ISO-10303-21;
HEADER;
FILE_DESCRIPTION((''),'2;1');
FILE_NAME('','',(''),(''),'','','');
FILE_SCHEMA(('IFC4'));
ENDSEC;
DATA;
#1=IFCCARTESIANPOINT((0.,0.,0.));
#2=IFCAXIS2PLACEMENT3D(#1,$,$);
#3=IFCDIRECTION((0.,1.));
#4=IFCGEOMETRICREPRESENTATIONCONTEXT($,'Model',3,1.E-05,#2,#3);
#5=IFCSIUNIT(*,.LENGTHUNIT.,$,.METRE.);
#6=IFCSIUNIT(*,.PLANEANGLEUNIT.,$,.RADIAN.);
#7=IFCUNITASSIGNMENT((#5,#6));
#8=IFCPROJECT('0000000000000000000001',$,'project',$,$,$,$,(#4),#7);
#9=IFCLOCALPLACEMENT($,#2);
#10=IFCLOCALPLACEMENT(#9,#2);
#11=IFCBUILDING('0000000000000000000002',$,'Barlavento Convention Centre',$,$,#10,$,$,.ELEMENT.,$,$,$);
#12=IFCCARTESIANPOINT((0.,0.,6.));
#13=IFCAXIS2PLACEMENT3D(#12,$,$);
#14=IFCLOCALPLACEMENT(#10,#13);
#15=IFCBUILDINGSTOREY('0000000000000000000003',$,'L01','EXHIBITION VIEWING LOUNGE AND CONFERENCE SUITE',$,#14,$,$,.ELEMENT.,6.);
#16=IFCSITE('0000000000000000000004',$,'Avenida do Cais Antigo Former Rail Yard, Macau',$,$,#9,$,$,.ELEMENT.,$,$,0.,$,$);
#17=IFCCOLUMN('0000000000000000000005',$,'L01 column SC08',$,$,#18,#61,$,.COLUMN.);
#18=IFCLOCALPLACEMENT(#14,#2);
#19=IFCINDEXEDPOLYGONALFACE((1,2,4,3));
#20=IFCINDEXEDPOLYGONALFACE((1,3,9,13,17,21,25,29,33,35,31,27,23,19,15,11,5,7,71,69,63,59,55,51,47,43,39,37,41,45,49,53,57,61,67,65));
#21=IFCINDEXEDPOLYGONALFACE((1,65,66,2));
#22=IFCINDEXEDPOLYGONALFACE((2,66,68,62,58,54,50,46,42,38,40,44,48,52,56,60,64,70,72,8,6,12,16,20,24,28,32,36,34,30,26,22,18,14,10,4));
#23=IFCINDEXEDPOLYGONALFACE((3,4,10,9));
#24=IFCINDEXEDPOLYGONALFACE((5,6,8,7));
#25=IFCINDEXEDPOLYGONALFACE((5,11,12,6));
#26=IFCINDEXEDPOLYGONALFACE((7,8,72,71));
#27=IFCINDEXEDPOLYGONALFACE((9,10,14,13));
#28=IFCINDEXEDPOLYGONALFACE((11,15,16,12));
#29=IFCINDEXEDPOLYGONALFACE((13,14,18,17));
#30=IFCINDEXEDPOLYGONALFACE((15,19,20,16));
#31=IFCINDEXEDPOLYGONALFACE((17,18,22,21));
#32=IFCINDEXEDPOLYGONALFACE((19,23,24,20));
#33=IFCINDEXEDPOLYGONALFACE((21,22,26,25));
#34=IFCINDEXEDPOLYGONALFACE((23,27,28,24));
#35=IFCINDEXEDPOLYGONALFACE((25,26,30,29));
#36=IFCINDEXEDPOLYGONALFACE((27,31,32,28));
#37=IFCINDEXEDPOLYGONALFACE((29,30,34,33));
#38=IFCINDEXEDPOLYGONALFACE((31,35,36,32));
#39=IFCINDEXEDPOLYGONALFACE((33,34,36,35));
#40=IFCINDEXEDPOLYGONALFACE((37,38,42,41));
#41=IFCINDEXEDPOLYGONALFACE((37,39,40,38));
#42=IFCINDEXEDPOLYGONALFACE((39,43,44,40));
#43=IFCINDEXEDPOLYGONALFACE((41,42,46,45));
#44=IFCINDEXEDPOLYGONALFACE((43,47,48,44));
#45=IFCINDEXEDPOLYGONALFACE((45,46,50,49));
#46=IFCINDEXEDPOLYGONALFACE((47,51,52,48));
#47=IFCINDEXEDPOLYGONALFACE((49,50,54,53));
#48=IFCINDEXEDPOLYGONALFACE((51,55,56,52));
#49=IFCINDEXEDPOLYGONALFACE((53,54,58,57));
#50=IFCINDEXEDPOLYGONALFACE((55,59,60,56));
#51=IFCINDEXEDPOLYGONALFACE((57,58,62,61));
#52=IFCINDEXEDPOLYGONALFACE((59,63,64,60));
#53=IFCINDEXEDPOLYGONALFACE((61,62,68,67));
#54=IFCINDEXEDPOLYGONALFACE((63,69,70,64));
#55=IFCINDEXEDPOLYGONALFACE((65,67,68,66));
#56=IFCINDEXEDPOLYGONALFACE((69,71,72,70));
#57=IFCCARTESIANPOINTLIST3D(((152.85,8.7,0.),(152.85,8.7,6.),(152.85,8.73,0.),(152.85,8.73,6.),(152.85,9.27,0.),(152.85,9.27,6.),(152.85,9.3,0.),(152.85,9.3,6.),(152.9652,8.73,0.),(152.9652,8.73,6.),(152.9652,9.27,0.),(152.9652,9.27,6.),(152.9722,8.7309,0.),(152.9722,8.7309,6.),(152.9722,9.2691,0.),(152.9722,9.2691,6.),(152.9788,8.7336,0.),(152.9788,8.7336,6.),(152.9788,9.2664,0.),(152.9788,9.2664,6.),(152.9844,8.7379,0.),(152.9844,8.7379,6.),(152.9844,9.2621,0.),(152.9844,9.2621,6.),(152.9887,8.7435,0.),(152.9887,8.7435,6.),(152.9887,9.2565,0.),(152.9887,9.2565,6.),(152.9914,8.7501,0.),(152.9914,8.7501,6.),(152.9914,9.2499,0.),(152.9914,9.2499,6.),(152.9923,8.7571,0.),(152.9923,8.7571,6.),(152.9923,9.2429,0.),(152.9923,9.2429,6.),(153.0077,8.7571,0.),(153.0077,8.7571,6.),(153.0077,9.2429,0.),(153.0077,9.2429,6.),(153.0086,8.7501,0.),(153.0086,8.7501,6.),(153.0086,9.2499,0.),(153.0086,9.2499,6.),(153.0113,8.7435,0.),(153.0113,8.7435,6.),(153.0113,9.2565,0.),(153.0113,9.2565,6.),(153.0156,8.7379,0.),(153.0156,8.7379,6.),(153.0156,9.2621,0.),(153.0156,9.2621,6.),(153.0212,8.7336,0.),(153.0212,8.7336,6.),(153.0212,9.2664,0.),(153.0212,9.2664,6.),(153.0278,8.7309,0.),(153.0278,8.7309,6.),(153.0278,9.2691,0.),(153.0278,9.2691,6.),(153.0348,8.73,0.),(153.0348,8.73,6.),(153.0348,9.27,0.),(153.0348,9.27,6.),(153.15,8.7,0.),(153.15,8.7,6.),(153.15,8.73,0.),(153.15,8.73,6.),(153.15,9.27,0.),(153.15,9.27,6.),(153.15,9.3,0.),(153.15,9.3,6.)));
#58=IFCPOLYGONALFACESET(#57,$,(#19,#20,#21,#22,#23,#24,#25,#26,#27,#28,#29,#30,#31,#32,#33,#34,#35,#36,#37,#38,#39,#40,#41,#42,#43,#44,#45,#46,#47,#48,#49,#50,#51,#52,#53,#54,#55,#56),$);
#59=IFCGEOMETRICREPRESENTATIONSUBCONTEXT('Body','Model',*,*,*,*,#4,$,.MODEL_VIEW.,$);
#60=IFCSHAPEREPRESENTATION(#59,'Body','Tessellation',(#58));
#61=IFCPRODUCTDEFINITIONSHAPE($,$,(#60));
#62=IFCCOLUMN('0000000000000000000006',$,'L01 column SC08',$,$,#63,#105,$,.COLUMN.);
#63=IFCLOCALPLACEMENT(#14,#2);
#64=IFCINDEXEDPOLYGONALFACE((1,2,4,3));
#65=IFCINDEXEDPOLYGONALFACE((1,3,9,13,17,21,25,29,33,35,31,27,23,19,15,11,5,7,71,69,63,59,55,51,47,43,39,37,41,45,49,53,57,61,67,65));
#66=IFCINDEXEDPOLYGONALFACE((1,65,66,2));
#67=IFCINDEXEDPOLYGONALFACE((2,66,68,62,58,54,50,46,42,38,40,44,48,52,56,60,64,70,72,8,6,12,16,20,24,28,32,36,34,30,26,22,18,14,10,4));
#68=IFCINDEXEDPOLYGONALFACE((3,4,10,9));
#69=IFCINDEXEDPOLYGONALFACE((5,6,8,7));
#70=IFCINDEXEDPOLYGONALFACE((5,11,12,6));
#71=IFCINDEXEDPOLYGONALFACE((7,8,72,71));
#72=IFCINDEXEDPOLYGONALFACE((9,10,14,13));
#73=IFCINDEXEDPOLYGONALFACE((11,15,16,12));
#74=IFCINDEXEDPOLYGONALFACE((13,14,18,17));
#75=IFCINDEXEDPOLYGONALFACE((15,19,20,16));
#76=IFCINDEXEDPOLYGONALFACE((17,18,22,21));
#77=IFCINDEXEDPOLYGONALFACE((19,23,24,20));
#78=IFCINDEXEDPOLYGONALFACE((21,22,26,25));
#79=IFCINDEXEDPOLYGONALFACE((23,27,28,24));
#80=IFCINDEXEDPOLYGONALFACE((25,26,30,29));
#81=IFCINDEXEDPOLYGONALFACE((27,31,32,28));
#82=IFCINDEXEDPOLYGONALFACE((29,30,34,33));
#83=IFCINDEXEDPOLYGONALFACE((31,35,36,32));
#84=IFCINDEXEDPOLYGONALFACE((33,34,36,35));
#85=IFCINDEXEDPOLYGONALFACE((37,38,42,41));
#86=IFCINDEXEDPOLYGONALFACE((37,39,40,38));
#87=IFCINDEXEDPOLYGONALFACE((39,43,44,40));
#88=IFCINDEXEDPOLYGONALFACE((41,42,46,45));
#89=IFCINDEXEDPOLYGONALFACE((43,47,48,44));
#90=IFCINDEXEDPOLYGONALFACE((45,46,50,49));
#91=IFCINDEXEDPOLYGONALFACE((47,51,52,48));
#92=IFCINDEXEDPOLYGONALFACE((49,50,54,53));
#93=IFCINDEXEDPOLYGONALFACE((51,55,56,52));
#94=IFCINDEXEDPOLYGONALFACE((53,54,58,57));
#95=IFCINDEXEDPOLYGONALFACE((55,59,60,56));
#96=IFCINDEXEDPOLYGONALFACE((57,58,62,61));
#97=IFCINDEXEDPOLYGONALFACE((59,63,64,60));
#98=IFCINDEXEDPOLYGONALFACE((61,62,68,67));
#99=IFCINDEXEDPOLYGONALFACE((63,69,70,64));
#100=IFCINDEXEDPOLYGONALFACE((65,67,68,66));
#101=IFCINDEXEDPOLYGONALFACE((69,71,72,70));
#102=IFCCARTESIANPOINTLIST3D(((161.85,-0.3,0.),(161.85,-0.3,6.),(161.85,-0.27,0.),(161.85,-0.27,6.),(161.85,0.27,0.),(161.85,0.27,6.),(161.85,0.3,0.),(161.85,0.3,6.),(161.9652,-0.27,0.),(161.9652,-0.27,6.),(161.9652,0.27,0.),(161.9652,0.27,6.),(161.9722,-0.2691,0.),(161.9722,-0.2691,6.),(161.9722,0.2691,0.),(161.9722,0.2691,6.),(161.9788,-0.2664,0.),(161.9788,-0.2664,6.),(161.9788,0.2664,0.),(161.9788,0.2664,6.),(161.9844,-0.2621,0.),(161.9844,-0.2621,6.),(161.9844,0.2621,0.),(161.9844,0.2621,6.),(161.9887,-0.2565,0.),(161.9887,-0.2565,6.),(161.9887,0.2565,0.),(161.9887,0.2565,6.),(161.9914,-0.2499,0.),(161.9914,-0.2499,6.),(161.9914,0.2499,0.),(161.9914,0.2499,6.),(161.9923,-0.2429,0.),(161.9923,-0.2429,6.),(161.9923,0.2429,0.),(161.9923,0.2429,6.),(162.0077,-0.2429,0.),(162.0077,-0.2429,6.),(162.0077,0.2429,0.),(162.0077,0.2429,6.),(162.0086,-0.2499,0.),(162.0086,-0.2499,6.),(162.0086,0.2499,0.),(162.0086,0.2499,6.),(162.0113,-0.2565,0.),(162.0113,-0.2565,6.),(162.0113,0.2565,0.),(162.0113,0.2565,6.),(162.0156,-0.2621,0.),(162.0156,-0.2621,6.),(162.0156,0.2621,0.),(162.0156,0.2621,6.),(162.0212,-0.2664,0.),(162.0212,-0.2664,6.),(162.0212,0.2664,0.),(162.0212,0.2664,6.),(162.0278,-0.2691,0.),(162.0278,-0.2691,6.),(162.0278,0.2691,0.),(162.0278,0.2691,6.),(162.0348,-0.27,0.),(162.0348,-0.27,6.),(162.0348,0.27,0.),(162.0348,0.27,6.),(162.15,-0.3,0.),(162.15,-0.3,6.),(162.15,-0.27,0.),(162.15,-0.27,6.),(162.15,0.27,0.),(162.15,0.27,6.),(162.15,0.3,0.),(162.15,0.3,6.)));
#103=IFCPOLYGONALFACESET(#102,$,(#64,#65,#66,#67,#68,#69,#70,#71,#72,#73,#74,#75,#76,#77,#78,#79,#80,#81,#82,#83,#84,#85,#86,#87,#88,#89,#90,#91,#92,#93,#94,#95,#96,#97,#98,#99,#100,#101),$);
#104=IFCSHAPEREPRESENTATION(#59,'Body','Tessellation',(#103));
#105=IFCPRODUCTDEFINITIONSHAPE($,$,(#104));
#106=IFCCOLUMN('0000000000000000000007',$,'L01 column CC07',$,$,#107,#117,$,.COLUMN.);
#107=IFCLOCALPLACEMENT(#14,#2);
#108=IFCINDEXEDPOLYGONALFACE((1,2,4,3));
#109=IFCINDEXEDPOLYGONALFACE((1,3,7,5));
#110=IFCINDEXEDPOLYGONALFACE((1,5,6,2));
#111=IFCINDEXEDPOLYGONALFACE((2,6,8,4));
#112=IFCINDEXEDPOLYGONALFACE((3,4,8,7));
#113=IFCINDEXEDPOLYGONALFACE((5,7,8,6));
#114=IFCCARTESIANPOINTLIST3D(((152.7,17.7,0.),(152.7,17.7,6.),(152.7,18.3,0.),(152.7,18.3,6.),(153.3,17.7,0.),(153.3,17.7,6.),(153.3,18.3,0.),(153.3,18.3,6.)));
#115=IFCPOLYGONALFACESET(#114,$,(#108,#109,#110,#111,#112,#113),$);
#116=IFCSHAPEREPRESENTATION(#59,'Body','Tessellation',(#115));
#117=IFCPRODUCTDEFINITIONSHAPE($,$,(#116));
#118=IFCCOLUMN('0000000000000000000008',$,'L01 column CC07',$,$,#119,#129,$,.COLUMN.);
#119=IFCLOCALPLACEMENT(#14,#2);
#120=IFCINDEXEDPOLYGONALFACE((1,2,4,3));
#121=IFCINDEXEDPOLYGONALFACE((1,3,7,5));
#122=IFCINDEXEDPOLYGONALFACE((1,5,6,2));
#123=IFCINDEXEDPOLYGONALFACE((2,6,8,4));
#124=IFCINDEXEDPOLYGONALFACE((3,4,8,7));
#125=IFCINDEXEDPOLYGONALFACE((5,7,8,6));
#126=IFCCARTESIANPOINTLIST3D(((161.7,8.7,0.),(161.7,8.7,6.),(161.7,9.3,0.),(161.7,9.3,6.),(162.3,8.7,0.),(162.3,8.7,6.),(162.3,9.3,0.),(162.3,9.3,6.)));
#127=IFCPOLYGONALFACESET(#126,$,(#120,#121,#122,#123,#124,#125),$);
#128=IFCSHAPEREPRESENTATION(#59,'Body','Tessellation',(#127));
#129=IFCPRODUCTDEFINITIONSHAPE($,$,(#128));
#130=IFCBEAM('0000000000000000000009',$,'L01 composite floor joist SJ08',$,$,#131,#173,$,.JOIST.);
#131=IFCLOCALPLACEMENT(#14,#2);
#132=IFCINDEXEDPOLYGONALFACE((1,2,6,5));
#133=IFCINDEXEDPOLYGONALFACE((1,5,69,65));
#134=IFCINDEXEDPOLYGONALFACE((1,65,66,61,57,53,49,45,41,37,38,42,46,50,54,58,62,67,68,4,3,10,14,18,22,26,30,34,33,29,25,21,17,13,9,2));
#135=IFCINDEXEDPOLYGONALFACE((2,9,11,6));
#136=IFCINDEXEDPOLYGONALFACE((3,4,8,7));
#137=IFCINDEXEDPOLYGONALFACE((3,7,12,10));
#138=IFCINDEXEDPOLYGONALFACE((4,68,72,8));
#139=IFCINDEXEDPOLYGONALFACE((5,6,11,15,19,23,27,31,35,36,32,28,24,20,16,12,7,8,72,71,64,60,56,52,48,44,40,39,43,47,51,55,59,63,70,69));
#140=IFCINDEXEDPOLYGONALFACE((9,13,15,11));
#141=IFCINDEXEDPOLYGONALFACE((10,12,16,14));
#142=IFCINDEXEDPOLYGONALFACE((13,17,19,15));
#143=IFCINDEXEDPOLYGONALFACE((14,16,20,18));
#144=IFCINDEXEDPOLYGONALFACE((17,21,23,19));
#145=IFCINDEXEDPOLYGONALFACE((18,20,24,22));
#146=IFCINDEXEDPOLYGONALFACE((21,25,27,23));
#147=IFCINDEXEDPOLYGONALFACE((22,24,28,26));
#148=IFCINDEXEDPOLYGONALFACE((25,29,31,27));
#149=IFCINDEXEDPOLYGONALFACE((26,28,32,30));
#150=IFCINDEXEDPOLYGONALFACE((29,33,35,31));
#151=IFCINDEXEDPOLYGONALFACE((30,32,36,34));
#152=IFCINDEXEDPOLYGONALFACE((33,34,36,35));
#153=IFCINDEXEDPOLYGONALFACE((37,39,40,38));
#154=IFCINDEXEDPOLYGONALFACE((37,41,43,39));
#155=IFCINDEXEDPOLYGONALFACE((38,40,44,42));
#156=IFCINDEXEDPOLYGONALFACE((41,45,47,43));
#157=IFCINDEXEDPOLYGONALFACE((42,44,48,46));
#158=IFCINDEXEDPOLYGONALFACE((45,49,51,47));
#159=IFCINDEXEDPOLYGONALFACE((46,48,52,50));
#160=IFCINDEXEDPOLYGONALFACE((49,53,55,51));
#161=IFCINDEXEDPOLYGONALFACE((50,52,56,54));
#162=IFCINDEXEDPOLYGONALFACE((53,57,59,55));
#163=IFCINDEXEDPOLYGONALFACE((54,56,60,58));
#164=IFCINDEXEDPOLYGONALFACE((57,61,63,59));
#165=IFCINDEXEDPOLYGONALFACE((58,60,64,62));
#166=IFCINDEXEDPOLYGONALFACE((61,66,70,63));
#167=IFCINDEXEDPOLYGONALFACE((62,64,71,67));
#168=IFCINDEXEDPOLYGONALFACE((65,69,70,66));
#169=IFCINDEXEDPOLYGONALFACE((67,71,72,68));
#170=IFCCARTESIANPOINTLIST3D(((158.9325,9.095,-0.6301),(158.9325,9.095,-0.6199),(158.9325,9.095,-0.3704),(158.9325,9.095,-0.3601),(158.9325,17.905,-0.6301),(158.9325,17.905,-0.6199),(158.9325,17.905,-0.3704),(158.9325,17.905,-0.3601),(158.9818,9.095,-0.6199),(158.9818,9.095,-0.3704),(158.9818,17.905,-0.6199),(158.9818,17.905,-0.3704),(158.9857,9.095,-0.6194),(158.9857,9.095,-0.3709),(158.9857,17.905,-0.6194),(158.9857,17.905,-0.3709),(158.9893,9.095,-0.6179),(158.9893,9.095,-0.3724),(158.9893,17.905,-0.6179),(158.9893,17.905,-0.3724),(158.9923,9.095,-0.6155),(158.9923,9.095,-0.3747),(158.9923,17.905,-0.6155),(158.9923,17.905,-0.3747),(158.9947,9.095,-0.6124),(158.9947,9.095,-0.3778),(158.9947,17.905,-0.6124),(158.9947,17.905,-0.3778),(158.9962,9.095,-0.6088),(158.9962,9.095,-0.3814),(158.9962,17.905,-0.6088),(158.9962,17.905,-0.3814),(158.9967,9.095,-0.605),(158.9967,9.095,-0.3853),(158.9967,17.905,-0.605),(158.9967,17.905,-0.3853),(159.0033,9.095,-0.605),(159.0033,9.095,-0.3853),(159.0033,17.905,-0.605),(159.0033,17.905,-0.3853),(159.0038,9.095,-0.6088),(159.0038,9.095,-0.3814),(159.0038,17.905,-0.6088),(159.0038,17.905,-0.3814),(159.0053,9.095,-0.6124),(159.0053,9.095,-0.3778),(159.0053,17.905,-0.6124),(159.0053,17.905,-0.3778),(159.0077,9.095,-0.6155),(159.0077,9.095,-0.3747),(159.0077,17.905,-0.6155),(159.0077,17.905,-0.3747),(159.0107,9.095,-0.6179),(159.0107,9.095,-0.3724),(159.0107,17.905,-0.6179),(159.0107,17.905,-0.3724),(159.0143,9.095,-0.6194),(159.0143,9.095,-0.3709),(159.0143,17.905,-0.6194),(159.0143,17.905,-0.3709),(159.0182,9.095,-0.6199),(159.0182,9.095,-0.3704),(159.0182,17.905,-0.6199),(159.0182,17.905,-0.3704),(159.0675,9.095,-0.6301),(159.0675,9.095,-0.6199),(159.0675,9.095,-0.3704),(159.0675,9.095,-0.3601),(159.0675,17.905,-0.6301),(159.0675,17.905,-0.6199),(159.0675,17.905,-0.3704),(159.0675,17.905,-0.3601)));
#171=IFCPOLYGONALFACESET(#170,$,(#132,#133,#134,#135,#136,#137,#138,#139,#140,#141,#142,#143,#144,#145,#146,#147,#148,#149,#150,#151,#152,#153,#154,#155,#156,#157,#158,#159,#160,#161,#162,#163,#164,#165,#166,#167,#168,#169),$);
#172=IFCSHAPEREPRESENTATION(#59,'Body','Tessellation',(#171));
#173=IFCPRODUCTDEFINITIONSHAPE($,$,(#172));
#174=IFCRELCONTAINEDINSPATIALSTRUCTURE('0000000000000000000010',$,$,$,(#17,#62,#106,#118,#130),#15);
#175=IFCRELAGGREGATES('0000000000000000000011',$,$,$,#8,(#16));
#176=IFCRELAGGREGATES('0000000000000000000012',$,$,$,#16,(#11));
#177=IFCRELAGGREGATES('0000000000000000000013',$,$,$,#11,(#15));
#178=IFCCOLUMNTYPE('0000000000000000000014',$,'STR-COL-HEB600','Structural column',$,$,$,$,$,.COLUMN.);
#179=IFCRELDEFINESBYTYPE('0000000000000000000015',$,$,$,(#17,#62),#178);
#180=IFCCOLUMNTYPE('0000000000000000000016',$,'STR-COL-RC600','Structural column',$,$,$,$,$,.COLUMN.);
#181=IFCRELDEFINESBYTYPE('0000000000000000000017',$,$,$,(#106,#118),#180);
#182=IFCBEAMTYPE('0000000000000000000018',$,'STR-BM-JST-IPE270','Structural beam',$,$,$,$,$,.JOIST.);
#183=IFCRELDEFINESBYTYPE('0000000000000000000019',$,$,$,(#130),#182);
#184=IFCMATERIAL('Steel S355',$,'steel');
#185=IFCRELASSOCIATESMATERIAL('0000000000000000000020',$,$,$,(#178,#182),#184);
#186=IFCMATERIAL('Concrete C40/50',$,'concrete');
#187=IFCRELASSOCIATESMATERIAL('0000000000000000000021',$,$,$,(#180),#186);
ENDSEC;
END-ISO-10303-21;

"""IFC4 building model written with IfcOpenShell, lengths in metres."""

from ifc_helpers import new_model, si_unit, direction, frame, origin, origin_2d, place, context, subcontext, project, spatial, rectangle, i_section, extrude, material, material_profile, profile_set, type_object, element, save


model = new_model("IFC4")

# Units and contexts
model_context = context("Model", 3, precision=1e-05, world=origin(), true_north=direction((0.0, 1.0)))
body_context = subcontext(model_context, "Body", "Model", "MODEL_VIEW")
ifc_project = project(units=[si_unit("LENGTHUNIT", "METRE"), si_unit("PLANEANGLEUNIT", "RADIAN")], contexts=[model_context])

# Site, building, storey
site_placement = place(None, origin())
site = spatial("IfcSite", under=ifc_project, at=site_placement, Name="Avenida do Cais Antigo Former Rail Yard, Macau", CompositionType="ELEMENT", RefElevation=0.0)
building_placement = place(site_placement, origin())
building = spatial("IfcBuilding", under=site, at=building_placement, Name="Barlavento Convention Centre", CompositionType="ELEMENT")
storey_placement = place(building_placement, frame((0.0, 0.0, 6.0)))
storey = spatial("IfcBuildingStorey", under=building, at=storey_placement, Name="L01", Description="EXHIBITION VIEWING LOUNGE AND CONFERENCE SUITE", CompositionType="ELEMENT", Elevation=6.0)

# Columns
ifc_material_1 = material(Name="Steel S355", Category="steel")
ifc_material_profile_1 = material_profile(ifc_material_1, i_section(OverallWidth=0.3, OverallDepth=0.6001, WebThickness=0.0154, FlangeThickness=0.03, FilletRadius=0.0271, at=origin_2d()), Name="HEB 600")
ifc_profile_set_1 = profile_set([ifc_material_profile_1], Name="Steel S355")
column_type_1 = type_object("IfcColumnType", Name="STR-COL-HEB600", Description="Structural column", PredefinedType="COLUMN", material=ifc_profile_set_1)
for number, where, z_axis, x_axis, name in (
    (1, (153.0, 9.0, 0.0), (0.0, 0.0, 1.0), (1.0, 0.0, 0.0), "L01 column SC08"),
    (2, (162.0, 0.0, 0.0), (0.0, 0.0, 1.0), (1.0, 0.0, 0.0), "L01 column SC08"),
):
    element("IfcColumn", number, at=place(storey_placement, frame(where, z_axis=z_axis, x_axis=x_axis)), inside=storey, type_object=column_type_1, Name=name, PredefinedType="COLUMN", context=body_context, shape_type="SweptSolid", body=[
        extrude(i_section(OverallWidth=0.3, OverallDepth=0.6001, WebThickness=0.0154, FlangeThickness=0.03, FilletRadius=0.0271, at=origin_2d()), origin(), (0.0, 0.0, 1.0), 6.0),
    ])
ifc_material_2 = material(Name="Concrete C40/50", Category="concrete")
ifc_material_profile_2 = material_profile(ifc_material_2, rectangle(XDim=0.6001, YDim=0.6001, at=origin_2d()), Name="RC 600x600")
ifc_profile_set_2 = profile_set([ifc_material_profile_2], Name="Concrete C40/50")
column_type_2 = type_object("IfcColumnType", Name="STR-COL-RC600", Description="Structural column", PredefinedType="COLUMN", material=ifc_profile_set_2)
for number, where, z_axis, x_axis, name in (
    (3, (153.0, 18.0, 0.0), (0.0, 0.0, 1.0), (1.0, 0.0, 0.0), "L01 column CC07"),
    (4, (162.0, 9.0, 0.0), (0.0, 0.0, 1.0), (1.0, 0.0, 0.0), "L01 column CC07"),
):
    element("IfcColumn", number, at=place(storey_placement, frame(where, z_axis=z_axis, x_axis=x_axis)), inside=storey, type_object=column_type_2, Name=name, PredefinedType="COLUMN", context=body_context, shape_type="SweptSolid", body=[
        extrude(rectangle(XDim=0.6001, YDim=0.6001, at=origin_2d()), origin(), (0.0, 0.0, 1.0), 6.0),
    ])

# Beam
ifc_material_profile_3 = material_profile(ifc_material_1, i_section(OverallWidth=0.135, OverallDepth=0.27, WebThickness=0.0066, FlangeThickness=0.0103, FilletRadius=0.0149, at=origin_2d()), Name="IPE 270")
ifc_profile_set_3 = profile_set([ifc_material_profile_3], Name="Steel S355")
beam_type_1 = type_object("IfcBeamType", Name="STR-BM-JST-IPE270", Description="Structural beam", PredefinedType="JOIST", material=ifc_profile_set_3)
for number, where, z_axis, x_axis, name in (
    (5, (159.0, 9.095, -0.4951), (0.0, 1.0, 0.0), (-1.0, 0.0, 0.0), "L01 composite floor joist SJ08"),
):
    element("IfcBeam", number, at=place(storey_placement, frame(where, z_axis=z_axis, x_axis=x_axis)), inside=storey, type_object=beam_type_1, Name=name, PredefinedType="JOIST", context=body_context, shape_type="SweptSolid", body=[
        extrude(i_section(OverallWidth=0.135, OverallDepth=0.27, WebThickness=0.0066, FlangeThickness=0.0103, FilletRadius=0.0149, at=origin_2d()), origin(), (0.0, 0.0, 1.0), 8.8101),
    ])

save(model, "model.ifc")
